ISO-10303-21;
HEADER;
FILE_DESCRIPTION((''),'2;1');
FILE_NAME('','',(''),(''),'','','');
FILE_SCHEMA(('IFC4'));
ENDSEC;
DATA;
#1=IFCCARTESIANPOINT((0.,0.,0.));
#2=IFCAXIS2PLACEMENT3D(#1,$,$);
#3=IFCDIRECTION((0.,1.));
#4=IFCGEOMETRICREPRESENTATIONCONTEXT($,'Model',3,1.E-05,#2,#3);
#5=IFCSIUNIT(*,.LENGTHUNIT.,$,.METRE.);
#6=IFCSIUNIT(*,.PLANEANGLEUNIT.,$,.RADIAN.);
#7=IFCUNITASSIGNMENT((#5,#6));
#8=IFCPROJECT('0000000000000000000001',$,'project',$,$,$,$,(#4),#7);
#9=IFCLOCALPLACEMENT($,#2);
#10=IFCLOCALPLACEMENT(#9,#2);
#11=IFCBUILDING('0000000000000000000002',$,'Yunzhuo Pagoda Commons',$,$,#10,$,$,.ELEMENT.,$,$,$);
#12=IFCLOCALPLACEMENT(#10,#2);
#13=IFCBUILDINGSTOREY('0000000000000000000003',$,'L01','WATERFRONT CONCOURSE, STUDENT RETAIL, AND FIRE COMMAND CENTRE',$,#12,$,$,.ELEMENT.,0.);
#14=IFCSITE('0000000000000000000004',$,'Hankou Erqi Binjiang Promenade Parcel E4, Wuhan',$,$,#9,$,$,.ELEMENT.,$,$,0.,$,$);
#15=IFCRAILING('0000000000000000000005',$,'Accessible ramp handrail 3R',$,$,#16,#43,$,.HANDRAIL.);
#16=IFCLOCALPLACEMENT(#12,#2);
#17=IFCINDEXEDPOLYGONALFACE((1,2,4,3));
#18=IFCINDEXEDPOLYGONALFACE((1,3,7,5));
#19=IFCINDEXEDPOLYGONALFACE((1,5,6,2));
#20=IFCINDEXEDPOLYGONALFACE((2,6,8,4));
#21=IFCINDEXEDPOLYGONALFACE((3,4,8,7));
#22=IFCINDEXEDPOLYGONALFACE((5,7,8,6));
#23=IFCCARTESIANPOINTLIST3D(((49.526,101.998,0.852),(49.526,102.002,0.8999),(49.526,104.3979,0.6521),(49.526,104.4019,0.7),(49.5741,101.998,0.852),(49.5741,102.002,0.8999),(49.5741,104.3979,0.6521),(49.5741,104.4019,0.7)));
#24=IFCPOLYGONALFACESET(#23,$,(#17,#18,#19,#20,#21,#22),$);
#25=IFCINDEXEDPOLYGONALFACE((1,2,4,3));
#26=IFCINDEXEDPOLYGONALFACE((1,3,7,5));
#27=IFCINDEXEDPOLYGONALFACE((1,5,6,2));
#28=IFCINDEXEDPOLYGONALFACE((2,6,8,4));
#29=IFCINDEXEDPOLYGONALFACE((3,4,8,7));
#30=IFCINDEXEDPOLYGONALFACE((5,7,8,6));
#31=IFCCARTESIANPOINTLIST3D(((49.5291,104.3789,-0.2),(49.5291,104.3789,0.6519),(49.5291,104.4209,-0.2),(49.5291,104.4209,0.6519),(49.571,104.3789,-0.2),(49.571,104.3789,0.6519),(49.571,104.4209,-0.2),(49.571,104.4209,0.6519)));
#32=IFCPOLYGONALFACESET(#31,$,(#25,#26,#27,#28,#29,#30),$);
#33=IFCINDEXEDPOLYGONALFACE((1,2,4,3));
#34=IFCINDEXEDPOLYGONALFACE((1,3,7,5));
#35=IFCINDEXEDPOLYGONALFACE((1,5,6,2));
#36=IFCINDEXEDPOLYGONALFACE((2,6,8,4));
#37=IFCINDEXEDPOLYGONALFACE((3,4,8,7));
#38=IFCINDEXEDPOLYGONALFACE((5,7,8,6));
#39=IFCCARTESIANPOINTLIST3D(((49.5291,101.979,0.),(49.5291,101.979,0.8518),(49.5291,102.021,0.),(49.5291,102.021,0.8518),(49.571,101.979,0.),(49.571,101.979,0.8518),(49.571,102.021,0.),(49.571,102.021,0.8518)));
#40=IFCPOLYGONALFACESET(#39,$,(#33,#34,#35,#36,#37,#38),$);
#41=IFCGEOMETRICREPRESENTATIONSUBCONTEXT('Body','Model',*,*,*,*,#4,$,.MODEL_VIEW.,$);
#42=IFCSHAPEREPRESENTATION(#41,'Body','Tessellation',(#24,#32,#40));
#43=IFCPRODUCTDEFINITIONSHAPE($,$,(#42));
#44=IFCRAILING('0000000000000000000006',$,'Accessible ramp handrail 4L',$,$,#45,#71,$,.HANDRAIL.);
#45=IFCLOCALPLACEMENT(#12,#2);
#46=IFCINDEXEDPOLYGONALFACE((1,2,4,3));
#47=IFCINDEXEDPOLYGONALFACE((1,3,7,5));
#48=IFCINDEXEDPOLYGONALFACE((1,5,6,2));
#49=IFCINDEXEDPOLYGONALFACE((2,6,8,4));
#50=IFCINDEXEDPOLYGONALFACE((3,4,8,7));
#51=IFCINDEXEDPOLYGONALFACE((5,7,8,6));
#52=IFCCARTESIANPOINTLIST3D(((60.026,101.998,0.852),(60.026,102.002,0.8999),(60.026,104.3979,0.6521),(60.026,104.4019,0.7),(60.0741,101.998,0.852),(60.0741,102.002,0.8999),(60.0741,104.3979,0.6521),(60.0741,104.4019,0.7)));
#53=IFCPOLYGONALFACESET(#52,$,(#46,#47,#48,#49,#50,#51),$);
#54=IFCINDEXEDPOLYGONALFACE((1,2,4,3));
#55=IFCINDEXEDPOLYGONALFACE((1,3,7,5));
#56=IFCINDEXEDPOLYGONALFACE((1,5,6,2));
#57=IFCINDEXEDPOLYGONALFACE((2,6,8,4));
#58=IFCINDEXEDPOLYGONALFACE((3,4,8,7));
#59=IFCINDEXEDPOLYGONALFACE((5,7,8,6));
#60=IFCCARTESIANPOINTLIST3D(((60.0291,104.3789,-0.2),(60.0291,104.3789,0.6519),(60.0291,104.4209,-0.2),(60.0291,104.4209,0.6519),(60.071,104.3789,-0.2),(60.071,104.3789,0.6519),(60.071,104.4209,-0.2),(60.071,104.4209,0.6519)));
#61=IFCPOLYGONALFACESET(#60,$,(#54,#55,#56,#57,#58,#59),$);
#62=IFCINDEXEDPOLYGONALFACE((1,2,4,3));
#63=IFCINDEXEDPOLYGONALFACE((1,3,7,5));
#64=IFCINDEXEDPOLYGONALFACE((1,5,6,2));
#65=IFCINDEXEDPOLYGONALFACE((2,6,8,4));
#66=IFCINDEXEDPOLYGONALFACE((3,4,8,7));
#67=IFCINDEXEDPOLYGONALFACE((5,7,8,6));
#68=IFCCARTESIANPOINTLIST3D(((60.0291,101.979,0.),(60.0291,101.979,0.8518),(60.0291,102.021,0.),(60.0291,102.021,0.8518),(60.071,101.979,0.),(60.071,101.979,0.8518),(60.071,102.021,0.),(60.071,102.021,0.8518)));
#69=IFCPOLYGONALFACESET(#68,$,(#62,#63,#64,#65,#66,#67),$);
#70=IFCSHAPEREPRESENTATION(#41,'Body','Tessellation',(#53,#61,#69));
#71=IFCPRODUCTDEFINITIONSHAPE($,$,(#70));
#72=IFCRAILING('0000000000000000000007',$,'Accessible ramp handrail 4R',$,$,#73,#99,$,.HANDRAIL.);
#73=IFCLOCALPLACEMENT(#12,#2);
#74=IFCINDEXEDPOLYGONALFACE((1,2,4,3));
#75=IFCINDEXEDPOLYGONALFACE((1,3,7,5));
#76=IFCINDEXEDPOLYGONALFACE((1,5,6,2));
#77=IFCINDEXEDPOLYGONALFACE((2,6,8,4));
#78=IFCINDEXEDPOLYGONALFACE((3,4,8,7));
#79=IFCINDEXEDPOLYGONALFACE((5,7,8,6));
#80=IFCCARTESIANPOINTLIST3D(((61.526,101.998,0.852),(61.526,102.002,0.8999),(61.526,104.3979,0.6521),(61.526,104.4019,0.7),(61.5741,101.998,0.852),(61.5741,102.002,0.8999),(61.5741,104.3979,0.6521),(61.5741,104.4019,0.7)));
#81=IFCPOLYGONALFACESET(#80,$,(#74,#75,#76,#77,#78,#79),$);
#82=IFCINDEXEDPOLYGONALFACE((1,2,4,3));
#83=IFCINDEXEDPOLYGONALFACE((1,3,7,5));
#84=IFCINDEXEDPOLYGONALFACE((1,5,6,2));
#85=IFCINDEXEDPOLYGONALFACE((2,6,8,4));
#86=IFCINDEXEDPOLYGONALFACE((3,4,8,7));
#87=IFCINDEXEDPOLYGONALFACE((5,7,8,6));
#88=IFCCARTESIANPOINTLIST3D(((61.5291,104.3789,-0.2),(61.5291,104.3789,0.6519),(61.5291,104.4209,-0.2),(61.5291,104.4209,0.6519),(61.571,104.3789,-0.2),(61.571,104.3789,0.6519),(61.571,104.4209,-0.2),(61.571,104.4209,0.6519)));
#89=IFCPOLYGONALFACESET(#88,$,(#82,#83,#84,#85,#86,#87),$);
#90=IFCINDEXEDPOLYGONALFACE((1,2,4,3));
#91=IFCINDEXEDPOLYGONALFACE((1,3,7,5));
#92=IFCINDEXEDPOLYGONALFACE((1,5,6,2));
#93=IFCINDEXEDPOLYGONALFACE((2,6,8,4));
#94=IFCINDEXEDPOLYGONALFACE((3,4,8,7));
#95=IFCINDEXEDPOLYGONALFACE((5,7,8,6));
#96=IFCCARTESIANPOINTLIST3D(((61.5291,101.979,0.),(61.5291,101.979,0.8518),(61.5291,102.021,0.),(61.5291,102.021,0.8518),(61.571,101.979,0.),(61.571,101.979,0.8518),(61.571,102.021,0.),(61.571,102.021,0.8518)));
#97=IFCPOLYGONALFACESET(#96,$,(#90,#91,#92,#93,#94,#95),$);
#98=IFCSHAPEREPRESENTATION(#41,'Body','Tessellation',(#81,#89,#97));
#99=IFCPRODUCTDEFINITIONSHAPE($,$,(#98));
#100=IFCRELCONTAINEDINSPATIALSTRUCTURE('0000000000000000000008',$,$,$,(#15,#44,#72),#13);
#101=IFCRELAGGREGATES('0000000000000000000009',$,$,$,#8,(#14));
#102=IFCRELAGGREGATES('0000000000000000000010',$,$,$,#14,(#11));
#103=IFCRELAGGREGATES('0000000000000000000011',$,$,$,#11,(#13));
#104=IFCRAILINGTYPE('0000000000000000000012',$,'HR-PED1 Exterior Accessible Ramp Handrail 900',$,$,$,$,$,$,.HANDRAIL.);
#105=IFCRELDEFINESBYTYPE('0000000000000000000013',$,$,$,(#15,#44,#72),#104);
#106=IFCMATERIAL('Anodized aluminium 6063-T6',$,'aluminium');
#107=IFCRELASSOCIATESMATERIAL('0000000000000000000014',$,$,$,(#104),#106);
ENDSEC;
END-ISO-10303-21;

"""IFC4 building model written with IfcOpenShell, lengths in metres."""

from ifc_helpers import new_model, si_unit, direction, frame, origin, origin_2d, place, context, subcontext, project, spatial, rectangle, extrude, material, type_object, element, save


model = new_model("IFC4")

# Units and contexts
model_context = context("Model", 3, precision=1e-05, world=origin(), true_north=direction((0.0, 1.0)))
body_context = subcontext(model_context, "Body", "Model", "MODEL_VIEW")
ifc_project = project(units=[si_unit("LENGTHUNIT", "METRE"), si_unit("PLANEANGLEUNIT", "RADIAN")], contexts=[model_context])

# Site, building, storey
site_placement = place(None, origin())
site = spatial("IfcSite", under=ifc_project, at=site_placement, Name="Hankou Erqi Binjiang Promenade Parcel E4, Wuhan", CompositionType="ELEMENT", RefElevation=0.0)
building_placement = place(site_placement, origin())
building = spatial("IfcBuilding", under=site, at=building_placement, Name="Yunzhuo Pagoda Commons", CompositionType="ELEMENT")
storey_placement = place(building_placement, origin())
storey = spatial("IfcBuildingStorey", under=building, at=storey_placement, Name="L01", Description="WATERFRONT CONCOURSE, STUDENT RETAIL, AND FIRE COMMAND CENTRE", CompositionType="ELEMENT", Elevation=0.0)

# Railings
ifc_material_1 = material(Name="Anodized aluminium 6063-T6", Category="aluminium")
railing_type = type_object("IfcRailingType", Name="HR-PED1 Exterior Accessible Ramp Handrail 900", PredefinedType="HANDRAIL", material=ifc_material_1)
for number, where, name in (
    (1, (49.55, 104.3999, -0.2), "Accessible ramp handrail 3R"),
    (2, (60.05, 104.3999, -0.2), "Accessible ramp handrail 4L"),
    (3, (61.55, 104.3999, -0.2), "Accessible ramp handrail 4R"),
):
    element("IfcRailing", number, at=place(storey_placement, frame(where)), inside=storey, type_object=railing_type, Name=name, PredefinedType="HANDRAIL", context=body_context, shape_type="SweptSolid", body=[
        extrude(rectangle(XDim=0.0481, YDim=0.0481, at=origin_2d()), frame((0.0, 0.0, 0.876), z_axis=(0.0, -0.996547, 0.083029), x_axis=(1.0, 0.0, 0.0)), (0.0, 0.0, 1.0), 2.4082),
        extrude(rectangle(XDim=0.042, YDim=0.042, at=origin_2d()), origin(), (0.0, 0.0, 1.0), 0.8518),
        extrude(rectangle(XDim=0.042, YDim=0.042, at=origin_2d()), frame((0.0, -2.3999, 0.2)), (0.0, 0.0, 1.0), 0.8518),
    ])

save(model, "model.ifc")
